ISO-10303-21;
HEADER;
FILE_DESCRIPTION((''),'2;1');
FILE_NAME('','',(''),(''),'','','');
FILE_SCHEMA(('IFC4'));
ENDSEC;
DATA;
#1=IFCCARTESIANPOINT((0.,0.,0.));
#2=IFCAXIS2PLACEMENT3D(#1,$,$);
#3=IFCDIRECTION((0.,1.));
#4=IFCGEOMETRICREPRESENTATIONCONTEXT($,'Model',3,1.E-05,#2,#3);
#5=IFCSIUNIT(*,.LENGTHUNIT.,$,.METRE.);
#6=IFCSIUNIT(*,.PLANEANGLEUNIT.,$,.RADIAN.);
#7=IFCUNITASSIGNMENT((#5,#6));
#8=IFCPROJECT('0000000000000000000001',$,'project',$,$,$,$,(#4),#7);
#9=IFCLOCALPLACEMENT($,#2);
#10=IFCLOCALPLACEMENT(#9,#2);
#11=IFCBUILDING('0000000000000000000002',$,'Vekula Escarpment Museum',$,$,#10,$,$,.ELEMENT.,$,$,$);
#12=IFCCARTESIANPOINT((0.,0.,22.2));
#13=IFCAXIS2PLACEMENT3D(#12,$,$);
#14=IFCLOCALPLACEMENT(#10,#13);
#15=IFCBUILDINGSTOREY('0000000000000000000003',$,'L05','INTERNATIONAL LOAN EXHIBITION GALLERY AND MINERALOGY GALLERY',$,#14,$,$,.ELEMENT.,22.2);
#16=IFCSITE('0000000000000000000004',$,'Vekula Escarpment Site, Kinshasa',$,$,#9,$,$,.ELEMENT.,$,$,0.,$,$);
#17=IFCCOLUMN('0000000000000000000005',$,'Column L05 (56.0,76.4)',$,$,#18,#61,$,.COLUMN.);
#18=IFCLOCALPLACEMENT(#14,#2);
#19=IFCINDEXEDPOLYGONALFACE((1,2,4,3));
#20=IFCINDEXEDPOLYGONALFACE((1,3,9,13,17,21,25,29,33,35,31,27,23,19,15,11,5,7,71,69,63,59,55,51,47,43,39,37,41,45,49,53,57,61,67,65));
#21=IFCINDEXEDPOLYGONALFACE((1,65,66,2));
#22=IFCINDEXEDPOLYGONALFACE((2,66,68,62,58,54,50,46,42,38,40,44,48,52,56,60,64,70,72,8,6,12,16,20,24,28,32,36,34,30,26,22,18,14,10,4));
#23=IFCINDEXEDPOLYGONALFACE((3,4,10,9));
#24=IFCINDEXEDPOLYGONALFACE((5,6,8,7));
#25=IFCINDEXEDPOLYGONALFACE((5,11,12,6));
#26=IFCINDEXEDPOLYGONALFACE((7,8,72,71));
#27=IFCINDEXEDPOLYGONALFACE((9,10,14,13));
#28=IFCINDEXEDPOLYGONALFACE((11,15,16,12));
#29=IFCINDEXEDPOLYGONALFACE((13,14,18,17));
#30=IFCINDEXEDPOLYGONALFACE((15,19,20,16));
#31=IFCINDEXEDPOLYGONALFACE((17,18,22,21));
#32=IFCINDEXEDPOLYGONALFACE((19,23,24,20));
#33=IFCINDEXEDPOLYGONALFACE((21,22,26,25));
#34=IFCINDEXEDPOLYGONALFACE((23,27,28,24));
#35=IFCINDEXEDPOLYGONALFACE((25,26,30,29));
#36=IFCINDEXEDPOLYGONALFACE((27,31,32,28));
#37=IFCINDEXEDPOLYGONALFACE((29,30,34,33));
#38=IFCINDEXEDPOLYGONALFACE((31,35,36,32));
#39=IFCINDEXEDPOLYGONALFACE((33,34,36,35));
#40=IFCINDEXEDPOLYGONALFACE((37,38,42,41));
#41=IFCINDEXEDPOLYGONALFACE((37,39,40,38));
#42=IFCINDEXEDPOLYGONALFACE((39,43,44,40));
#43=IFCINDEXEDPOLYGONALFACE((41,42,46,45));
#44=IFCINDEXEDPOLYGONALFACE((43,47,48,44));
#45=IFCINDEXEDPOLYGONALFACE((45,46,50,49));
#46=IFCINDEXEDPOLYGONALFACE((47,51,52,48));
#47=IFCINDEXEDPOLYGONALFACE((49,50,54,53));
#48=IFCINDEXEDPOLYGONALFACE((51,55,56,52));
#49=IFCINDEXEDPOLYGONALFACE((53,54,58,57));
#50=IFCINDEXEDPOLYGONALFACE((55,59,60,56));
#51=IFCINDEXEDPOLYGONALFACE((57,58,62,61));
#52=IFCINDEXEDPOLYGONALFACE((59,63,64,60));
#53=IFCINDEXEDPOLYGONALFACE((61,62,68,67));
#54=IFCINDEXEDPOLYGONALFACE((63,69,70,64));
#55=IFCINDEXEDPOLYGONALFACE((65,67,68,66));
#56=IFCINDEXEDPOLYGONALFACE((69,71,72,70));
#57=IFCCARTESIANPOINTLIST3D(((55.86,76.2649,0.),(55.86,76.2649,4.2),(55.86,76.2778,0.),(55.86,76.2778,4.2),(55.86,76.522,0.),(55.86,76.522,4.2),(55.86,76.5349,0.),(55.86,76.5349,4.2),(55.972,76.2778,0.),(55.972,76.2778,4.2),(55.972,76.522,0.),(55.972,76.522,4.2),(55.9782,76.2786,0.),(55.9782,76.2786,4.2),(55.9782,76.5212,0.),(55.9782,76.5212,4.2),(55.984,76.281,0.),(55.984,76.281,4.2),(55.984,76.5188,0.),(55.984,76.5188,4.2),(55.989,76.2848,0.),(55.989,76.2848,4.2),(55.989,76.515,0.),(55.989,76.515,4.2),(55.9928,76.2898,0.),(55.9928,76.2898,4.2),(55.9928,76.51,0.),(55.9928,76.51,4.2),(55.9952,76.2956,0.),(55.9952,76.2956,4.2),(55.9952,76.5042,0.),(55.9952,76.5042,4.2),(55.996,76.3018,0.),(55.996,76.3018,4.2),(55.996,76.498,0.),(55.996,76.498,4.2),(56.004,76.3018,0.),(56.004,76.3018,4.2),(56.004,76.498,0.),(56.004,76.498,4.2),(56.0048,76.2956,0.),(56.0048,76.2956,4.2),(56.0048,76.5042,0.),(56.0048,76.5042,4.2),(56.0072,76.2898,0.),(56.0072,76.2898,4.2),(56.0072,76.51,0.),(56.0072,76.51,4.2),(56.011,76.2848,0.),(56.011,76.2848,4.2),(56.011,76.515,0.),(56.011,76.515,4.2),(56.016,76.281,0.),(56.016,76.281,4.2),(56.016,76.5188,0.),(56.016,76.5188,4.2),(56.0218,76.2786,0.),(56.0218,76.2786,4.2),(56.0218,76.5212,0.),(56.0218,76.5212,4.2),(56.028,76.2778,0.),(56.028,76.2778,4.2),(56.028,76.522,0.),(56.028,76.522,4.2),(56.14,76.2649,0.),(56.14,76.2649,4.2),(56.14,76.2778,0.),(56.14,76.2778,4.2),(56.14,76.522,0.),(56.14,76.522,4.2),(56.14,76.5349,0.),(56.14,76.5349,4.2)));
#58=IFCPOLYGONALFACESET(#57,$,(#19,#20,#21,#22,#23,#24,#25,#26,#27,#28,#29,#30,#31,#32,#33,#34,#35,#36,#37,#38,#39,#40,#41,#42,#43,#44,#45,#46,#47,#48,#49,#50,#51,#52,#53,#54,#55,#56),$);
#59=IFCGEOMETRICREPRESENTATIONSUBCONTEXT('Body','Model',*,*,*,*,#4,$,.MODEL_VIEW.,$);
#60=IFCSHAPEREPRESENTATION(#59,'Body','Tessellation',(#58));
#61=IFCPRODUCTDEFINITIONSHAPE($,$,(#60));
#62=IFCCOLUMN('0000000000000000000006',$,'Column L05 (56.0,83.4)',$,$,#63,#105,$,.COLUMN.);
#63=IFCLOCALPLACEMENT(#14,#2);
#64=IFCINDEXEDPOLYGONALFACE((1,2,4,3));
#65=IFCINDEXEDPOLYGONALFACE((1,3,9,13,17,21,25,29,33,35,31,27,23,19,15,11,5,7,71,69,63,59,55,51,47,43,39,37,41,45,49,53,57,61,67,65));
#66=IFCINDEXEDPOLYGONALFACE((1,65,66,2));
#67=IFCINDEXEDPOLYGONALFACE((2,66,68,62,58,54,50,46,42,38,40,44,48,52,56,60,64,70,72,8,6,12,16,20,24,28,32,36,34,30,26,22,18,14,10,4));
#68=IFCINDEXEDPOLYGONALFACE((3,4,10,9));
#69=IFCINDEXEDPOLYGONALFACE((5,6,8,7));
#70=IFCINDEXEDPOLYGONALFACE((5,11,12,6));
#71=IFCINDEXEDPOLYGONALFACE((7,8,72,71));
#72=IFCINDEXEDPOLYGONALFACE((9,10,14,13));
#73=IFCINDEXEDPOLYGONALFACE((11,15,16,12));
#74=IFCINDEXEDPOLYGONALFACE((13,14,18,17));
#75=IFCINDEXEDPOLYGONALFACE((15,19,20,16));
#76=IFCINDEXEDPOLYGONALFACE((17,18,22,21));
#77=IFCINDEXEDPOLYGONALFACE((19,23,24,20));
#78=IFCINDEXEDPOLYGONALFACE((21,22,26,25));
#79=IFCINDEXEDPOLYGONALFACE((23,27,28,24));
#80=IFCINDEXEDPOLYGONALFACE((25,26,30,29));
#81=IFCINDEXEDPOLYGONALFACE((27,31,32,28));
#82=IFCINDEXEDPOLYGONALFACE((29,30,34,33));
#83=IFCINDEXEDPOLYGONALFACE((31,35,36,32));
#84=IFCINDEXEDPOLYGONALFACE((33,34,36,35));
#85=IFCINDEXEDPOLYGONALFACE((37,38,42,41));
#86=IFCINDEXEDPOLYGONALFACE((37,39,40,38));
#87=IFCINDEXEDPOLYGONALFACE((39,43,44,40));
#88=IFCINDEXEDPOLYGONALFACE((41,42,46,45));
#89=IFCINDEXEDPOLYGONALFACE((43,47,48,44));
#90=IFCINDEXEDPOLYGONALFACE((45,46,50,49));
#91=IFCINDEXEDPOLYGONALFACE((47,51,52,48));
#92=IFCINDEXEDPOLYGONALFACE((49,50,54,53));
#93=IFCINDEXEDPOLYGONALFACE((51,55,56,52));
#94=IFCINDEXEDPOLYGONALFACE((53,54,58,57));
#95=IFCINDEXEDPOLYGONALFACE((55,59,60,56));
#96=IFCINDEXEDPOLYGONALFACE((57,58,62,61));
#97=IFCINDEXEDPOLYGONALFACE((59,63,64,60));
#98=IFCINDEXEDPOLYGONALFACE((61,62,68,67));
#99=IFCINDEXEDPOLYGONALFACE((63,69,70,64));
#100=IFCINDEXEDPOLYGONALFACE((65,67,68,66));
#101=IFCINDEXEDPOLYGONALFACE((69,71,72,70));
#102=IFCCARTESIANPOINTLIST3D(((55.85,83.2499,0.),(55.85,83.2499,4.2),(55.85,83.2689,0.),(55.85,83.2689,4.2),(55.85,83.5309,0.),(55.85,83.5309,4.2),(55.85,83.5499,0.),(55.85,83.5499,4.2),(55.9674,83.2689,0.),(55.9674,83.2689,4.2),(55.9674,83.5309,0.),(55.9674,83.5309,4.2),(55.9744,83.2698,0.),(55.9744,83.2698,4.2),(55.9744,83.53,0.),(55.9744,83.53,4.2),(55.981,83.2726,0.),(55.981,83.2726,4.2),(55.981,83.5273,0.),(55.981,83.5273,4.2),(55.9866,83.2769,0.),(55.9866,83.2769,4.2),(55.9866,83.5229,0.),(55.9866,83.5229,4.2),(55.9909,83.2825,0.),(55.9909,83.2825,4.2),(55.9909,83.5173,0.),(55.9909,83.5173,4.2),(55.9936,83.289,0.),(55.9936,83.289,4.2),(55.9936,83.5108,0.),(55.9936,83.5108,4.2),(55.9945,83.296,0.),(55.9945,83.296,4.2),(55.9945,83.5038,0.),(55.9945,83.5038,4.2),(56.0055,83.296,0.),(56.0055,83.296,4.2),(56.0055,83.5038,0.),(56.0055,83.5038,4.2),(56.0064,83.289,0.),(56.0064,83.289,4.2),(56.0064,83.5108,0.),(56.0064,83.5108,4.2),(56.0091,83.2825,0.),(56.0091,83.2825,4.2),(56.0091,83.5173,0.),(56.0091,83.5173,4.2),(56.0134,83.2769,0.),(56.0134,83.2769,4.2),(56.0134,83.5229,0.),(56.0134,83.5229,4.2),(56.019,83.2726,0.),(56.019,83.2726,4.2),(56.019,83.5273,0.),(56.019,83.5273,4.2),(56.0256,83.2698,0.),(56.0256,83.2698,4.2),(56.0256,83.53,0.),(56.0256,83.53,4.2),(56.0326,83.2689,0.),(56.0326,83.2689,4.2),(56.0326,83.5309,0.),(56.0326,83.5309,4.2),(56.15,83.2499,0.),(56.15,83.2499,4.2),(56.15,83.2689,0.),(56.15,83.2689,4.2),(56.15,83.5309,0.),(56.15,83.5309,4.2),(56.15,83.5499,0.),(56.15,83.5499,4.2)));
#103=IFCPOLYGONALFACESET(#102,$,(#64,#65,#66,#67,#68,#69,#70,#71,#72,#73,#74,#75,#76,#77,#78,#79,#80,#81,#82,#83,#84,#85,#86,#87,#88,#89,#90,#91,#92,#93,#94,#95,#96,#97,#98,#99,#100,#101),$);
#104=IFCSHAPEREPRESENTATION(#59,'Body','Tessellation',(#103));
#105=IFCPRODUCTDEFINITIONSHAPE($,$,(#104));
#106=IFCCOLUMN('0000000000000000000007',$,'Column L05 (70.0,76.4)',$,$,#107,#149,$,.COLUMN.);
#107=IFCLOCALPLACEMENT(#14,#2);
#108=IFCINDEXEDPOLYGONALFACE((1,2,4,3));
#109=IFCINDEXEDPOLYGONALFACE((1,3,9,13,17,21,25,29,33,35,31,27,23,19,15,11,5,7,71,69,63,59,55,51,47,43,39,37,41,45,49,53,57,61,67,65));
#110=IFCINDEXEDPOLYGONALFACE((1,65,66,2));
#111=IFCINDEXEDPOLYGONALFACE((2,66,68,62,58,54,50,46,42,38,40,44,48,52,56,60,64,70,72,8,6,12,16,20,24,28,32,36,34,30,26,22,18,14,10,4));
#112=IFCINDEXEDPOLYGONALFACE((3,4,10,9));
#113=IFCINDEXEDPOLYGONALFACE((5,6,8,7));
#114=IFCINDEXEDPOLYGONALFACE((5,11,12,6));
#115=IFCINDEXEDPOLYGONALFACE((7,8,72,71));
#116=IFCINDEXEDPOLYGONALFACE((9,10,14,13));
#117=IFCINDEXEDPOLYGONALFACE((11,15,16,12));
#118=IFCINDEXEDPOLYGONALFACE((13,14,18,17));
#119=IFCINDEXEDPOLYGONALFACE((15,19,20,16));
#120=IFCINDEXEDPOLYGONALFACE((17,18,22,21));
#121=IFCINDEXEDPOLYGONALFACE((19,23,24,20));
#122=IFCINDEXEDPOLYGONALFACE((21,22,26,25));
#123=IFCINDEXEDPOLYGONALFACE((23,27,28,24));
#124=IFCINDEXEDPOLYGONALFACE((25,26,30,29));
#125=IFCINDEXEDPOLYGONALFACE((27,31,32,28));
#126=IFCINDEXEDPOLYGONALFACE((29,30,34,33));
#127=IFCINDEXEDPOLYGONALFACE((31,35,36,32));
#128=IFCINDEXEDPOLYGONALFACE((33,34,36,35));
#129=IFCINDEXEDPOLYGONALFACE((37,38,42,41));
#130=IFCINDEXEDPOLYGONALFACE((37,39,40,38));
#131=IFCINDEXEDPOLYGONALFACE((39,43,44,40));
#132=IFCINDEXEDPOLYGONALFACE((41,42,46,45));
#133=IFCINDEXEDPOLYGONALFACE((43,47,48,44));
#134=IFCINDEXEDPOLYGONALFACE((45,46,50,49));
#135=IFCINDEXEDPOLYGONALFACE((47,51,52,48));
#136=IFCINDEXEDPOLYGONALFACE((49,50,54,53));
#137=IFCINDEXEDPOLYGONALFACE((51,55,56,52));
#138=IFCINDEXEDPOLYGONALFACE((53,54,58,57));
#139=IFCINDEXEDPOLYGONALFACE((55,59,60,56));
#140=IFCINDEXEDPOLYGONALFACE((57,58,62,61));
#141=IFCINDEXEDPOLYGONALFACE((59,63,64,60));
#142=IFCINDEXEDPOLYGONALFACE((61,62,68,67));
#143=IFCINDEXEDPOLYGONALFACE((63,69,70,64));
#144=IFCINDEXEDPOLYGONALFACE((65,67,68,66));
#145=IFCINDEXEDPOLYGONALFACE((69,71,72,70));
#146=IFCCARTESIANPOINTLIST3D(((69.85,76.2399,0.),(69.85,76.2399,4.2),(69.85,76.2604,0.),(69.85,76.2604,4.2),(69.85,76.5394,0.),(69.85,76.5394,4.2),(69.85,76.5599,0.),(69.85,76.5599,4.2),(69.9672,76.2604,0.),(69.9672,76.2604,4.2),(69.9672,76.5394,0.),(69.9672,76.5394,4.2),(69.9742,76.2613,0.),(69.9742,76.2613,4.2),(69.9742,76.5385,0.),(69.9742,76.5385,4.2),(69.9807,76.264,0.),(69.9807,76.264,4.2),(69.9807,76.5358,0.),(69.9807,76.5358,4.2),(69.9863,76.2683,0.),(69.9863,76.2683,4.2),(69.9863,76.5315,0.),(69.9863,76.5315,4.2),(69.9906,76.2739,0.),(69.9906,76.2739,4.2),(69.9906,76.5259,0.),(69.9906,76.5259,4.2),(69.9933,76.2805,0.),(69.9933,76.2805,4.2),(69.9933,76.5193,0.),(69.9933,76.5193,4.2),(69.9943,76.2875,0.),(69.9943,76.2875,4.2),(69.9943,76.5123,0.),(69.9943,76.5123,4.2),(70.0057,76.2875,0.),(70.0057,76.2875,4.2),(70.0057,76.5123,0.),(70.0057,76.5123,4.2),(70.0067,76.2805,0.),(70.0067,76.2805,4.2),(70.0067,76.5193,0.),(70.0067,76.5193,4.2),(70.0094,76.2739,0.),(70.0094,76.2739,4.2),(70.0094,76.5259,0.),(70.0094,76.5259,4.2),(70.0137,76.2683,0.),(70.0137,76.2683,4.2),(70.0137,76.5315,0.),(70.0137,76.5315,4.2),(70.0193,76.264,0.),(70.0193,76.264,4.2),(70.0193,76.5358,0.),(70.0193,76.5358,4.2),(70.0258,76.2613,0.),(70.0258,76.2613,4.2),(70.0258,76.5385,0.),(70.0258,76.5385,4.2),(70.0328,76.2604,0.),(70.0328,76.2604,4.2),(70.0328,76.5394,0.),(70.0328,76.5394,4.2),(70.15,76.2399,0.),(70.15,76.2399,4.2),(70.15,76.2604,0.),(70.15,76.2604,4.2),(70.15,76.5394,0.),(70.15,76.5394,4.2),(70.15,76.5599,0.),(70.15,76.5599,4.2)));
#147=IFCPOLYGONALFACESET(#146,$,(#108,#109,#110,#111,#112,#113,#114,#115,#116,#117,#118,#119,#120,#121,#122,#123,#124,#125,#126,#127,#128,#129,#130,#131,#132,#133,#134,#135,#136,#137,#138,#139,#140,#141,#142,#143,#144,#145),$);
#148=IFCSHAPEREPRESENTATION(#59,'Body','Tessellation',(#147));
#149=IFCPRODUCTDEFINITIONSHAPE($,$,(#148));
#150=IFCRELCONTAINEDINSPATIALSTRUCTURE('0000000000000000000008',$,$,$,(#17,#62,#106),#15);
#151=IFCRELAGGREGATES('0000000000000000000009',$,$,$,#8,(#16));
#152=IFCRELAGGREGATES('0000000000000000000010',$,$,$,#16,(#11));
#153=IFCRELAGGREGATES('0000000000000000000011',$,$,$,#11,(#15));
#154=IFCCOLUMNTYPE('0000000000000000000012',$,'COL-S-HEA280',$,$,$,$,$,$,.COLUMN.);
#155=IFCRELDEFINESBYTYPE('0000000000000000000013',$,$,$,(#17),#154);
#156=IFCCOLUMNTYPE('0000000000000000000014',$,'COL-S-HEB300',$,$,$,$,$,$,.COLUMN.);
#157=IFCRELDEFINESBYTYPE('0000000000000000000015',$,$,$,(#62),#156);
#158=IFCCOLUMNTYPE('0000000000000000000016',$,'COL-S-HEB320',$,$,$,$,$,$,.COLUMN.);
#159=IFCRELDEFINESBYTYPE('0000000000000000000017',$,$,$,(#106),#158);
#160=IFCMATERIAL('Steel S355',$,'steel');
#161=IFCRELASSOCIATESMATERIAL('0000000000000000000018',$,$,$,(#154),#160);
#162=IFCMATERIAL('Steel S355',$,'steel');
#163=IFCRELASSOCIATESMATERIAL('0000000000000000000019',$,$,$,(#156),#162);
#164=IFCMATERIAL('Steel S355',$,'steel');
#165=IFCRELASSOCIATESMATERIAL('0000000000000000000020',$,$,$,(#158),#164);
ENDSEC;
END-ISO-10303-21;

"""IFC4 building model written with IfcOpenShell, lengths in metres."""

from ifc_helpers import new_model, si_unit, direction, frame, origin, origin_2d, place, context, subcontext, project, spatial, i_section, extrude, material, material_profile, profile_set, type_object, element, save


model = new_model("IFC4")

# Units and contexts
model_context = context("Model", 3, precision=1e-05, world=origin(), true_north=direction((0.0, 1.0)))
body_context = subcontext(model_context, "Body", "Model", "MODEL_VIEW")
ifc_project = project(units=[si_unit("LENGTHUNIT", "METRE"), si_unit("PLANEANGLEUNIT", "RADIAN")], contexts=[model_context])

# Site, building, storey
site_placement = place(None, origin())
site = spatial("IfcSite", under=ifc_project, at=site_placement, Name="Vekula Escarpment Site, Kinshasa", CompositionType="ELEMENT", RefElevation=0.0)
building_placement = place(site_placement, origin())
building = spatial("IfcBuilding", under=site, at=building_placement, Name="Vekula Escarpment Museum", CompositionType="ELEMENT")
storey_placement = place(building_placement, frame((0.0, 0.0, 22.2)))
storey = spatial("IfcBuildingStorey", under=building, at=storey_placement, Name="L05", Description="INTERNATIONAL LOAN EXHIBITION GALLERY AND MINERALOGY GALLERY", CompositionType="ELEMENT", Elevation=22.2)

# Columns
ifc_material_1 = material(Name="Steel S355", Category="steel")
ifc_material_profile_1 = material_profile(ifc_material_1, i_section(OverallWidth=0.28, OverallDepth=0.27, WebThickness=0.0081, FlangeThickness=0.0129, FilletRadius=0.0239, at=origin_2d()), Name="HEA 280")
ifc_profile_set_1 = profile_set([ifc_material_profile_1], Name="Steel S355")
column_type_1 = type_object("IfcColumnType", Name="COL-S-HEA280", PredefinedType="COLUMN", material=ifc_profile_set_1)
column_1_placement = place(storey_placement, frame((56.0, 76.3999, 0.0), z_axis=(0.0, 0.0, 1.0), x_axis=(1.0, 0.0, 0.0)))
element("IfcColumn", 1, at=column_1_placement, inside=storey, type_object=column_type_1, Name="Column L05 (56.0,76.4)", PredefinedType="COLUMN", context=body_context, shape_type="SweptSolid", body=[
    extrude(i_section(OverallWidth=0.28, OverallDepth=0.27, WebThickness=0.0081, FlangeThickness=0.0129, FilletRadius=0.0239, at=origin_2d()), origin(), (0.0, 0.0, 1.0), 4.2),
])
ifc_material_2 = material(Name="Steel S355", Category="steel")
ifc_material_profile_2 = material_profile(ifc_material_2, i_section(OverallWidth=0.3, OverallDepth=0.3, WebThickness=0.011, FlangeThickness=0.019, FilletRadius=0.0271, at=origin_2d()), Name="HEB 300")
ifc_profile_set_2 = profile_set([ifc_material_profile_2], Name="Steel S355")
column_type_2 = type_object("IfcColumnType", Name="COL-S-HEB300", PredefinedType="COLUMN", material=ifc_profile_set_2)
column_2_placement = place(storey_placement, frame((56.0, 83.3999, 0.0), z_axis=(0.0, 0.0, 1.0), x_axis=(1.0, 0.0, 0.0)))
element("IfcColumn", 2, at=column_2_placement, inside=storey, type_object=column_type_2, Name="Column L05 (56.0,83.4)", PredefinedType="COLUMN", context=body_context, shape_type="SweptSolid", body=[
    extrude(i_section(OverallWidth=0.3, OverallDepth=0.3, WebThickness=0.011, FlangeThickness=0.019, FilletRadius=0.0271, at=origin_2d()), origin(), (0.0, 0.0, 1.0), 4.2),
])
ifc_material_3 = material(Name="Steel S355", Category="steel")
ifc_material_profile_3 = material_profile(ifc_material_3, i_section(OverallWidth=0.3, OverallDepth=0.3201, WebThickness=0.0115, FlangeThickness=0.0205, FilletRadius=0.0271, at=origin_2d()), Name="HEB 320")
ifc_profile_set_3 = profile_set([ifc_material_profile_3], Name="Steel S355")
column_type_3 = type_object("IfcColumnType", Name="COL-S-HEB320", PredefinedType="COLUMN", material=ifc_profile_set_3)
column_3_placement = place(storey_placement, frame((70.0, 76.3999, 0.0), z_axis=(0.0, 0.0, 1.0), x_axis=(1.0, 0.0, 0.0)))
element("IfcColumn", 3, at=column_3_placement, inside=storey, type_object=column_type_3, Name="Column L05 (70.0,76.4)", PredefinedType="COLUMN", context=body_context, shape_type="SweptSolid", body=[
    extrude(i_section(OverallWidth=0.3, OverallDepth=0.3201, WebThickness=0.0115, FlangeThickness=0.0205, FilletRadius=0.0271, at=origin_2d()), origin(), (0.0, 0.0, 1.0), 4.2),
])

save(model, "model.ifc")
